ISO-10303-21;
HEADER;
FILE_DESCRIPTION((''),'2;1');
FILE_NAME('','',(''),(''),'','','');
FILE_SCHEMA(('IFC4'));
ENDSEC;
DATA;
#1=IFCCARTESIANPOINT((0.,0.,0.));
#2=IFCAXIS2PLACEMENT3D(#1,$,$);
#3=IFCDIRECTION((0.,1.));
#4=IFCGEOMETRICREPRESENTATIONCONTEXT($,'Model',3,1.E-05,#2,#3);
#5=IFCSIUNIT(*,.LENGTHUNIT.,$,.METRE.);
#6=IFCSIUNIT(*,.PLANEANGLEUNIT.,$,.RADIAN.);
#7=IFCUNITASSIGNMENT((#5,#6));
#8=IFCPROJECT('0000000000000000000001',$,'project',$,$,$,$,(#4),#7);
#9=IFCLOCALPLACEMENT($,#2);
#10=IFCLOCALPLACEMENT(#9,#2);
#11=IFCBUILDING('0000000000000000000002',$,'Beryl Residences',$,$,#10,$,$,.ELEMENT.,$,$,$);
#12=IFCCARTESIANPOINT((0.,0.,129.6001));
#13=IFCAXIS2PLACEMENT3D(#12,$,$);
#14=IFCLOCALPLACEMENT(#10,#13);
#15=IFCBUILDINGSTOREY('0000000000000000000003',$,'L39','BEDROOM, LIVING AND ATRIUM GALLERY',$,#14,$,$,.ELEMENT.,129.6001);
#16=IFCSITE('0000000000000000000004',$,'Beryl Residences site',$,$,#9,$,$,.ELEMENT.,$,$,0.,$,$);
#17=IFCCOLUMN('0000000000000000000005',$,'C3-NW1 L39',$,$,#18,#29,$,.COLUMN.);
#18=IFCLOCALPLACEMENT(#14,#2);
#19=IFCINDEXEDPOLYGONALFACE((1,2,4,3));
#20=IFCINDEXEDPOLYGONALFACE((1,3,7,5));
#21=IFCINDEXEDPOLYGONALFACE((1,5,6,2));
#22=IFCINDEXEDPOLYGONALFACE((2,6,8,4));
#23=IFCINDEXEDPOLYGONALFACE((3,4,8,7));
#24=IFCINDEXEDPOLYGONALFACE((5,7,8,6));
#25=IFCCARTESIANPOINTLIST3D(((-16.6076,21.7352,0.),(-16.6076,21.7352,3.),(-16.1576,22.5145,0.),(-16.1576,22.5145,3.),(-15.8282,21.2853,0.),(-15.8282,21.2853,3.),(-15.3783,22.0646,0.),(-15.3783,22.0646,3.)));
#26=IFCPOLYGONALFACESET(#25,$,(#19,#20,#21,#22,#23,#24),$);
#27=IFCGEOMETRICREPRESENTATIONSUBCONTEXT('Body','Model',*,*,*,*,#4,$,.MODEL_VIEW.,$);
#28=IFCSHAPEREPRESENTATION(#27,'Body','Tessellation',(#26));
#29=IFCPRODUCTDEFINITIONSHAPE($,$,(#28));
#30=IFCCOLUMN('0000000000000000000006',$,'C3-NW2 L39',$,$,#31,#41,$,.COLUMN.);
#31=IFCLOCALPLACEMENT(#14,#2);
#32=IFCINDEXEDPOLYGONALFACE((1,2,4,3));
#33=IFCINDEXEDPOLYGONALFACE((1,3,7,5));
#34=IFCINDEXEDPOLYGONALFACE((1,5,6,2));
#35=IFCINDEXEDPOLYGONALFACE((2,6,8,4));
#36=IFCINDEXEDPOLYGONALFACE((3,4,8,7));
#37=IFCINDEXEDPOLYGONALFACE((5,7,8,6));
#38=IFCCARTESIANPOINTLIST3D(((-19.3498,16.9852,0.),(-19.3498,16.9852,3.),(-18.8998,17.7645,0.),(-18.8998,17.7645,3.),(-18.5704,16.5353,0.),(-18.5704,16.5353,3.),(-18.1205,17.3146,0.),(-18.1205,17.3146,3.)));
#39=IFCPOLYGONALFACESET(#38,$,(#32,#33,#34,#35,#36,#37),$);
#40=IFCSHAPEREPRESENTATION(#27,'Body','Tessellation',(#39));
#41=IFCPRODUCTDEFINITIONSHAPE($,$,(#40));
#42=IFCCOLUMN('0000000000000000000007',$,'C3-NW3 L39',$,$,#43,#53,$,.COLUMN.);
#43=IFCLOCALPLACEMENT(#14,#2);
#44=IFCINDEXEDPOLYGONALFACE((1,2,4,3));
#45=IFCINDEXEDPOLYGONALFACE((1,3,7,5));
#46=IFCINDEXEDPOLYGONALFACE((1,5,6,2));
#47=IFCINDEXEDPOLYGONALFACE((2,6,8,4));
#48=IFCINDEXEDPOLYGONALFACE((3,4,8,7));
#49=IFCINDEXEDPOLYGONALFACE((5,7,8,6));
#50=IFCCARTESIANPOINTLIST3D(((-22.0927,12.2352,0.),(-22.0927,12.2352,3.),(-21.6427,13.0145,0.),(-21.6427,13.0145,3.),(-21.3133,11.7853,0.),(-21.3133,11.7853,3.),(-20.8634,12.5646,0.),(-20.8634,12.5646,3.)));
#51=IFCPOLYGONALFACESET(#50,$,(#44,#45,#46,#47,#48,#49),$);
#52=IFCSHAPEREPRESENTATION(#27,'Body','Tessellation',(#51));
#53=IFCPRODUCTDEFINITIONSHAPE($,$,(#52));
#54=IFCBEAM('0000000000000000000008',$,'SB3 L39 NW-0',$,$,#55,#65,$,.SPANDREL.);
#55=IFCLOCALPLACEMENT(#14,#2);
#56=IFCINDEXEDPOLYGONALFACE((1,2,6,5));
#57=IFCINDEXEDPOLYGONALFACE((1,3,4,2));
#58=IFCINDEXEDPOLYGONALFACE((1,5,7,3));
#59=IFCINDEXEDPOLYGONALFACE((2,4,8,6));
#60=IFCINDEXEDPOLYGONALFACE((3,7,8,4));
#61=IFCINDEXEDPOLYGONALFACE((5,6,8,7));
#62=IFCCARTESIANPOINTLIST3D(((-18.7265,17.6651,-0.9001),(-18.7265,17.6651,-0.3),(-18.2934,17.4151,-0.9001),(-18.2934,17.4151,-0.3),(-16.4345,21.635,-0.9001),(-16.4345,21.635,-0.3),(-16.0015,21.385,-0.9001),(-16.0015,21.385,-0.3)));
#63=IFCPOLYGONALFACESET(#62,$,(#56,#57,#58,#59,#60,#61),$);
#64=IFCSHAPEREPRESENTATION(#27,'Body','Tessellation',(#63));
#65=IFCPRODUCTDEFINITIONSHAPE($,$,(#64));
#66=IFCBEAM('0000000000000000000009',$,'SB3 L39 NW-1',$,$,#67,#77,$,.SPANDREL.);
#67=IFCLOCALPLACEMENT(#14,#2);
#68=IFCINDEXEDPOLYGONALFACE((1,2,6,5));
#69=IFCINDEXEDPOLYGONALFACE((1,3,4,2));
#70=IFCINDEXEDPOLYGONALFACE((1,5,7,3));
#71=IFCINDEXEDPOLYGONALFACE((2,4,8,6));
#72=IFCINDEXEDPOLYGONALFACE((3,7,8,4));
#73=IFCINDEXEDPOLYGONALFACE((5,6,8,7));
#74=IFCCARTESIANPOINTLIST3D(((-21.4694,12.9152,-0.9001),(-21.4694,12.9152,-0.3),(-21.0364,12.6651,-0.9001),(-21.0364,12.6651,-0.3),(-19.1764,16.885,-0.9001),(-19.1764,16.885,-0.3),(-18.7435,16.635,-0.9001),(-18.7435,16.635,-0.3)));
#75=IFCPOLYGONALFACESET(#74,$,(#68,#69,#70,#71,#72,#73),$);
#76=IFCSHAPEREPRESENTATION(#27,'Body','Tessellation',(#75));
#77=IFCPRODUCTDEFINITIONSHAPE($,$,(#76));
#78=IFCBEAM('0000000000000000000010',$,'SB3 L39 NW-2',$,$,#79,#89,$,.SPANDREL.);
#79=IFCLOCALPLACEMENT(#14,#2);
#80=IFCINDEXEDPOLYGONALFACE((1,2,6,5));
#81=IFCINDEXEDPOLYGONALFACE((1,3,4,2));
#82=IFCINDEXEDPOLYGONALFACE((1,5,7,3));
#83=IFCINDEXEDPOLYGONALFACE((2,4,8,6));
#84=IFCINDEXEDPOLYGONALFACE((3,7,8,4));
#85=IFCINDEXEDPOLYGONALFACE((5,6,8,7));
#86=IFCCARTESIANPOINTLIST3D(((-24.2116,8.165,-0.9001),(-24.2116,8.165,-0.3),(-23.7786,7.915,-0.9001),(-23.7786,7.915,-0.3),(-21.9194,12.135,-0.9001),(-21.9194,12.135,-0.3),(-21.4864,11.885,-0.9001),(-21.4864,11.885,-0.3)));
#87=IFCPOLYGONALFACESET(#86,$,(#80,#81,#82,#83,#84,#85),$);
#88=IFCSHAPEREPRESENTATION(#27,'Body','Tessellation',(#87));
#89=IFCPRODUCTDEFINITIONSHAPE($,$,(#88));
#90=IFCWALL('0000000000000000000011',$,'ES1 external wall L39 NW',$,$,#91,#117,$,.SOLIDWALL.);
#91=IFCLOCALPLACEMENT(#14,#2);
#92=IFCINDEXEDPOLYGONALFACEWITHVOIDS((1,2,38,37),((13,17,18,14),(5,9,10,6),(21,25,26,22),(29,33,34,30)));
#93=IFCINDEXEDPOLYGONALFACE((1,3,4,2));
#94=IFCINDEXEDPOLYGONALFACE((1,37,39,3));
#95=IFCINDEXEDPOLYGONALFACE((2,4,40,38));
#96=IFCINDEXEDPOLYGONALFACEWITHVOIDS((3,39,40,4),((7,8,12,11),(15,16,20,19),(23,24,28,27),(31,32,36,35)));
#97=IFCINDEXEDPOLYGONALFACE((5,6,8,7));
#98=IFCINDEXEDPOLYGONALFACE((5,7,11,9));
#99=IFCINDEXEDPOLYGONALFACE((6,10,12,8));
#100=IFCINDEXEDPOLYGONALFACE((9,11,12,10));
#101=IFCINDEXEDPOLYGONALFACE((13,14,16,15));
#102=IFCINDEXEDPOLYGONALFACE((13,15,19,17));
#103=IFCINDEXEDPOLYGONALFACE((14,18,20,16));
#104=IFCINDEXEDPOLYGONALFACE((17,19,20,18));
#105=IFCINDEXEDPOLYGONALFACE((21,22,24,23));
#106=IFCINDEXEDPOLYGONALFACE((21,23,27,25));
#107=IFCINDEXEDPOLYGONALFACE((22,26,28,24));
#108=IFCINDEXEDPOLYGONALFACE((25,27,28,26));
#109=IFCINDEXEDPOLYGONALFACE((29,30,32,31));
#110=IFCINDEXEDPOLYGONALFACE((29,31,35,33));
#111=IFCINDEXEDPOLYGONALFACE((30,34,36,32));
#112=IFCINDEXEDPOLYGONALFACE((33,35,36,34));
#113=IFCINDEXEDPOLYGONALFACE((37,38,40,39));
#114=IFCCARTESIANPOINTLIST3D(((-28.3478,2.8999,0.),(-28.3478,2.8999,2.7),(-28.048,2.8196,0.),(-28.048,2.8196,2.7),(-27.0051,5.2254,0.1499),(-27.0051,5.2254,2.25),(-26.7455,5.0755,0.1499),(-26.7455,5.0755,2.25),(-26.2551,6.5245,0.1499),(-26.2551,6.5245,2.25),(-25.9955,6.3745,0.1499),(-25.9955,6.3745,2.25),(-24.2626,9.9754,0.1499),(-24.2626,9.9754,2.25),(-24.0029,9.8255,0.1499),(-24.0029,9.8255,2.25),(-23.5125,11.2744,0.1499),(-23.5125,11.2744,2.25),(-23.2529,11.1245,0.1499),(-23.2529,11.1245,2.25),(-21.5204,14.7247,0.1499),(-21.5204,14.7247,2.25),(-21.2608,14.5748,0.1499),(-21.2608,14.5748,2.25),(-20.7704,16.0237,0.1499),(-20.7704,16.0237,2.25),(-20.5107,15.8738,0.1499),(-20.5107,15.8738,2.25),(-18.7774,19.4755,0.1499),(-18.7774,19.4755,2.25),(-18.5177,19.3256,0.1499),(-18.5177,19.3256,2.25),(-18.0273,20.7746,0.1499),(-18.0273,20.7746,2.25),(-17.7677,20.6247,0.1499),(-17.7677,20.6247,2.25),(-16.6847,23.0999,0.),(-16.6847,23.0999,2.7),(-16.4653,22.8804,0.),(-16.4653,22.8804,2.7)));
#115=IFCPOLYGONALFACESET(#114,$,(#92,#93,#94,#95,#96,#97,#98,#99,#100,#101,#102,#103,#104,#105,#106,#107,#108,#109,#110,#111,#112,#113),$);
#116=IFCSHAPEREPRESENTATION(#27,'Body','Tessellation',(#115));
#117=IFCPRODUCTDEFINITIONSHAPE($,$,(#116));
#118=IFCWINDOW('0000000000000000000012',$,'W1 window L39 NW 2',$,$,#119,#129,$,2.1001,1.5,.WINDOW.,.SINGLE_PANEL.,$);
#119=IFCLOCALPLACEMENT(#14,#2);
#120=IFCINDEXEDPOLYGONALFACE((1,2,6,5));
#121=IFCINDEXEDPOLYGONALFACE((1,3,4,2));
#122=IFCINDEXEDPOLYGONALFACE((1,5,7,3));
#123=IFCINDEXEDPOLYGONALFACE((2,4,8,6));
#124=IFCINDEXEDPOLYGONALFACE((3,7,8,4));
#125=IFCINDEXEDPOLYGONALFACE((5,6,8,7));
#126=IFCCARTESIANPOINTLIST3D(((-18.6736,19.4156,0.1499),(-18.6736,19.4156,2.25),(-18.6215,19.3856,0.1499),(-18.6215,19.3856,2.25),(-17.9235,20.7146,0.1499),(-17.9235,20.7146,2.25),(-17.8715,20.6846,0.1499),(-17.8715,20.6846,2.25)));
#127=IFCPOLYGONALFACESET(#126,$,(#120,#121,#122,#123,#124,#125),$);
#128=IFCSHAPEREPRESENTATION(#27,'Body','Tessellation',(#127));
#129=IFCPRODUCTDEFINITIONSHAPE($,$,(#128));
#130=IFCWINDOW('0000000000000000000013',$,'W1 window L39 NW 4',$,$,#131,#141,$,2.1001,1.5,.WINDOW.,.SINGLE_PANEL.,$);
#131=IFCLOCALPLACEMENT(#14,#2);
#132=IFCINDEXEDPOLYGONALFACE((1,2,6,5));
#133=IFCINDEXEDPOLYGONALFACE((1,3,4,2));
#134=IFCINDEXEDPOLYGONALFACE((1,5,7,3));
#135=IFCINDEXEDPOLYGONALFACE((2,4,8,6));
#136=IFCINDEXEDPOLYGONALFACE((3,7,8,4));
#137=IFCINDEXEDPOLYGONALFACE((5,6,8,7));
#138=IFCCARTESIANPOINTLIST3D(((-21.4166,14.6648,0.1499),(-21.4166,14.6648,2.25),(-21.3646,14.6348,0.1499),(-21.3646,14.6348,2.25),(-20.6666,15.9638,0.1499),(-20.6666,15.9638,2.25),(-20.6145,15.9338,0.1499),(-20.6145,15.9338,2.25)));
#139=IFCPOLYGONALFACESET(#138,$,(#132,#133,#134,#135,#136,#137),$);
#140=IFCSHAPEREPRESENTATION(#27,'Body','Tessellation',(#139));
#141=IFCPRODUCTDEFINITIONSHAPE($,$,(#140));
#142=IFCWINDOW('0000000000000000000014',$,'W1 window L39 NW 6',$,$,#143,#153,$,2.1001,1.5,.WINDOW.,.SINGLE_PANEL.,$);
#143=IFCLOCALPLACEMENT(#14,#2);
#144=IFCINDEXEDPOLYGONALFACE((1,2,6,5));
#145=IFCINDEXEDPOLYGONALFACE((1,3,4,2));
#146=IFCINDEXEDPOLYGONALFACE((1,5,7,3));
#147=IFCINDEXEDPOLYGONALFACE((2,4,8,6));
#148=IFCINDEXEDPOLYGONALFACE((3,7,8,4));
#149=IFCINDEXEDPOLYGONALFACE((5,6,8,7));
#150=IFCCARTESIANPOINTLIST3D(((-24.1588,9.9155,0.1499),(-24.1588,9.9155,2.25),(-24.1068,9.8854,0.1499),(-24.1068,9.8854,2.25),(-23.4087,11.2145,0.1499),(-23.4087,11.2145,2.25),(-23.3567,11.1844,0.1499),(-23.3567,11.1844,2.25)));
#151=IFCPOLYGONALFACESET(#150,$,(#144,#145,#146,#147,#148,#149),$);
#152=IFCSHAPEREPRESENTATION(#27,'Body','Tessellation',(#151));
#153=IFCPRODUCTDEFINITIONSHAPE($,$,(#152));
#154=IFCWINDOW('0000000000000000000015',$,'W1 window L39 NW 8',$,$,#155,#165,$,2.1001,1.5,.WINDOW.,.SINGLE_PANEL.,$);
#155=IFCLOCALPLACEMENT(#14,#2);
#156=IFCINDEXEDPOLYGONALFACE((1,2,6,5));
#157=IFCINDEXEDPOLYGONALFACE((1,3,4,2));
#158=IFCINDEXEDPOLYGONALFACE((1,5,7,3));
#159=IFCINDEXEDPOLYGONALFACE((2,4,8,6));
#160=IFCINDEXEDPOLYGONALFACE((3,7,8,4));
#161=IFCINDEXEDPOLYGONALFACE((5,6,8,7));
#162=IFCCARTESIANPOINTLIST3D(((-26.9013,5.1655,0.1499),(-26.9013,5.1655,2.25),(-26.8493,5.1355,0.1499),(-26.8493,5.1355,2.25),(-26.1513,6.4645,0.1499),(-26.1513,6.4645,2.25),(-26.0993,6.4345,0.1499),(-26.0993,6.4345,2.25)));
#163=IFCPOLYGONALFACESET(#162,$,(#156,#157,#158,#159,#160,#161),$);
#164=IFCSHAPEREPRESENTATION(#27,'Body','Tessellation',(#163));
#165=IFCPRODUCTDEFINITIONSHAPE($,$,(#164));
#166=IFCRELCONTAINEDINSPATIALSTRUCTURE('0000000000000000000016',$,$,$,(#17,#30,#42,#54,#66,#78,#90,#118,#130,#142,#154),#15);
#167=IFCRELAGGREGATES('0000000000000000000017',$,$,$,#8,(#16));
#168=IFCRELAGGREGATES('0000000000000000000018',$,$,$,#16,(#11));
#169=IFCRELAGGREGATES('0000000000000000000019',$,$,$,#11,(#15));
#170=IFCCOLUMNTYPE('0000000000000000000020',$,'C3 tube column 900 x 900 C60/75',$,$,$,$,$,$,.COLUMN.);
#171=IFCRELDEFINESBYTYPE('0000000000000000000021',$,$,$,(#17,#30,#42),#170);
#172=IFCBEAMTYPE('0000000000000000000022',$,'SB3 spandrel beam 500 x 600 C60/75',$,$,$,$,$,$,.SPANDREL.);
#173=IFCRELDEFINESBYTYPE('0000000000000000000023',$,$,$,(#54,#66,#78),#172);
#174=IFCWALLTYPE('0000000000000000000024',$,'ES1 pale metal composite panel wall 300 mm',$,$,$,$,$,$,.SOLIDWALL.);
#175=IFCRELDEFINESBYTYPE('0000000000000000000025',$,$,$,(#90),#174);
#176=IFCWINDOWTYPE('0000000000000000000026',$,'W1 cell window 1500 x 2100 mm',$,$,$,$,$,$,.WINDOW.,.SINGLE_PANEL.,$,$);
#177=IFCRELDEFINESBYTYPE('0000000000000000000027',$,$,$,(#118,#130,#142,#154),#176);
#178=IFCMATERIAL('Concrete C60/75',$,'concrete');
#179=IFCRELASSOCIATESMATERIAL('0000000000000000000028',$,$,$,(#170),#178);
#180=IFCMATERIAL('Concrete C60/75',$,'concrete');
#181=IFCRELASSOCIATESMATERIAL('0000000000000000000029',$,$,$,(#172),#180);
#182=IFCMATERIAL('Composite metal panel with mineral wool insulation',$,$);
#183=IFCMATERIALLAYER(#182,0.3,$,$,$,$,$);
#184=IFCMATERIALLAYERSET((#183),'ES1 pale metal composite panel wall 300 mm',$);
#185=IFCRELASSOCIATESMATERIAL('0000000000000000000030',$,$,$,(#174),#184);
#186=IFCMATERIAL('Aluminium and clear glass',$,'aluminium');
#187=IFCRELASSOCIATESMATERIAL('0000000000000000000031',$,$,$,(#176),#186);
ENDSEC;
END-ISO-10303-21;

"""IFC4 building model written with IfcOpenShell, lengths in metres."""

from ifc_helpers import new_model, si_unit, direction, frame, frame_2d, origin, origin_2d, place, context, subcontext, project, spatial, polyline, rectangle, outline, extrude, material, layer, layer_set, material_profile, profile_set, type_object, element, fill, save


model = new_model("IFC4")

# Units and contexts
model_context = context("Model", 3, precision=1e-05, world=origin(), true_north=direction((0.0, 1.0)))
body_context = subcontext(model_context, "Body", "Model", "MODEL_VIEW")
ifc_project = project(units=[si_unit("LENGTHUNIT", "METRE"), si_unit("PLANEANGLEUNIT", "RADIAN")], contexts=[model_context])

# Site, building, storey
site_placement = place(None, origin())
site = spatial("IfcSite", under=ifc_project, at=site_placement, Name="Beryl Residences site", CompositionType="ELEMENT", RefElevation=0.0)
building_placement = place(site_placement, origin())
building = spatial("IfcBuilding", under=site, at=building_placement, Name="Beryl Residences", CompositionType="ELEMENT")
storey_placement = place(building_placement, frame((0.0, 0.0, 129.6001)))
storey = spatial("IfcBuildingStorey", under=building, at=storey_placement, Name="L39", Description="BEDROOM, LIVING AND ATRIUM GALLERY", CompositionType="ELEMENT", Elevation=129.6001)

# Columns
ifc_material_1 = material(Name="Concrete C60/75", Category="concrete")
ifc_material_profile_1 = material_profile(ifc_material_1, rectangle(XDim=0.8999, YDim=0.8999, at=origin_2d()))
ifc_profile_set_1 = profile_set([ifc_material_profile_1], Name="Concrete C60/75")
column_type = type_object("IfcColumnType", Name="C3 tube column 900 x 900 C60/75", PredefinedType="COLUMN", material=ifc_profile_set_1)
for number, where, z_axis, x_axis, name in (
    (1, (-15.9929, 21.8999, 0.0), (0.0, 0.0, 1.0), (-0.5, -0.866025, 0.0), "C3-NW1 L39"),
    (2, (-18.7351, 17.1499, 0.0), (0.0, 0.0, 1.0), (-0.5, -0.866025, 0.0), "C3-NW2 L39"),
    (3, (-21.478, 12.3999, 0.0), (0.0, 0.0, 1.0), (-0.5, -0.866025, 0.0), "C3-NW3 L39"),
):
    element("IfcColumn", number, at=place(storey_placement, frame(where, z_axis=z_axis, x_axis=x_axis)), inside=storey, type_object=column_type, Name=name, PredefinedType="COLUMN", context=body_context, shape_type="SweptSolid", body=[
        extrude(rectangle(XDim=0.8999, YDim=0.8999, at=origin_2d()), origin(), (0.0, 0.0, 1.0), 3.0),
    ])

# Beams
ifc_material_2 = material(Name="Concrete C60/75", Category="concrete")
ifc_material_profile_2 = material_profile(ifc_material_2, rectangle(XDim=0.5, YDim=0.6001, at=origin_2d()))
ifc_profile_set_2 = profile_set([ifc_material_profile_2], Name="Concrete C60/75")
beam_type = type_object("IfcBeamType", Name="SB3 spandrel beam 500 x 600 C60/75", PredefinedType="SPANDREL", material=ifc_profile_set_2)
beam_1_placement = place(storey_placement, frame((-16.218, 21.51, -0.6001), z_axis=(-0.499988, -0.866032, 0.0), x_axis=(0.866032, -0.499988, 0.0)))
element("IfcBeam", 4, at=beam_1_placement, inside=storey, type_object=beam_type, Name="SB3 L39 NW-0", PredefinedType="SPANDREL", context=body_context, shape_type="SweptSolid", body=[
    extrude(rectangle(XDim=0.5, YDim=0.6001, at=origin_2d()), origin(), (0.0, 0.0, 1.0), 4.584),
])
beam_2_placement = place(storey_placement, frame((-18.96, 16.76, -0.6001), z_axis=(-0.500148, -0.86594, 0.0), x_axis=(0.86594, -0.500148, 0.0)))
element("IfcBeam", 5, at=beam_2_placement, inside=storey, type_object=beam_type, Name="SB3 L39 NW-1", PredefinedType="SPANDREL", context=body_context, shape_type="SweptSolid", body=[
    extrude(rectangle(XDim=0.5, YDim=0.6001, at=origin_2d()), origin(), (0.0, 0.0, 1.0), 4.5845),
])
beam_3_placement = place(storey_placement, frame((-21.7029, 12.01, -0.6001), z_axis=(-0.500028, -0.866009, 0.0), x_axis=(0.866009, -0.500028, 0.0)))
element("IfcBeam", 6, at=beam_3_placement, inside=storey, type_object=beam_type, Name="SB3 L39 NW-2", PredefinedType="SPANDREL", context=body_context, shape_type="SweptSolid", body=[
    extrude(rectangle(XDim=0.5, YDim=0.6001, at=origin_2d()), origin(), (0.0, 0.0, 1.0), 4.5842),
])

# Wall, openings, windows
ifc_material_3 = material(Name="Composite metal panel with mineral wool insulation")
ifc_layer_1 = layer(ifc_material_3, 0.3)
ifc_layer_set_1 = layer_set([ifc_layer_1], Name="ES1 pale metal composite panel wall 300 mm")
wall_type_1 = type_object("IfcWallType", Name="ES1 pale metal composite panel wall 300 mm", PredefinedType="SOLIDWALL", material=ifc_layer_set_1)
wall_1_placement = place(storey_placement, frame((-16.5549, 23.0249, 0.0), z_axis=(0.0, 0.0, 1.0), x_axis=(-0.500021, -0.866014, 0.0)))
wall_1 = element("IfcWall", 7, at=wall_1_placement, inside=storey, type_object=wall_type_1, Name="ES1 external wall L39 NW", PredefinedType="SOLIDWALL", context=body_context, shape_type="SweptSolid", body=[
    extrude(outline(polyline([(0.0, -0.1499), (23.3252, -0.1499), (23.2449, 0.1499), (0.0803, 0.1499), (0.0, -0.1499)])), origin(), (0.0, 0.0, 1.0), 2.7),
])
opening_1_placement = place(wall_1_placement, frame((2.6851, 0.0, 0.1499)))
opening_1 = element("IfcOpeningElement", 8, at=opening_1_placement, cuts=wall_1, PredefinedType="OPENING", context=body_context, shape_type="SweptSolid", body=[
    extrude(rectangle(XDim=1.5, YDim=2.1001, at=frame_2d((0.75, 1.05))), frame((0.0, 0.1599, 0.0), z_axis=(0.0, -1.0, 0.0), x_axis=(1.0, 0.0, 0.0)), (0.0, 0.0, 1.0), 0.3201),
])
opening_2_placement = place(wall_1_placement, frame((8.1709, 0.0, 0.1499)))
opening_2 = element("IfcOpeningElement", 9, at=opening_2_placement, cuts=wall_1, PredefinedType="OPENING", context=body_context, shape_type="SweptSolid", body=[
    extrude(rectangle(XDim=1.5, YDim=2.1001, at=frame_2d((0.75, 1.05))), frame((0.0, 0.1599, 0.0), z_axis=(0.0, -1.0, 0.0), x_axis=(1.0, 0.0, 0.0)), (0.0, 0.0, 1.0), 0.3201),
])
opening_3_placement = place(wall_1_placement, frame((13.655, 0.0, 0.1499)))
opening_3 = element("IfcOpeningElement", 10, at=opening_3_placement, cuts=wall_1, PredefinedType="OPENING", context=body_context, shape_type="SweptSolid", body=[
    extrude(rectangle(XDim=1.5, YDim=2.1001, at=frame_2d((0.75, 1.05))), frame((0.0, 0.1599, 0.0), z_axis=(0.0, -1.0, 0.0), x_axis=(1.0, 0.0, 0.0)), (0.0, 0.0, 1.0), 0.3201),
])
opening_4_placement = place(wall_1_placement, frame((19.1399, 0.0, 0.1499)))
opening_4 = element("IfcOpeningElement", 11, at=opening_4_placement, cuts=wall_1, PredefinedType="OPENING", context=body_context, shape_type="SweptSolid", body=[
    extrude(rectangle(XDim=1.5, YDim=2.1001, at=frame_2d((0.75, 1.05))), frame((0.0, 0.1599, 0.0), z_axis=(0.0, -1.0, 0.0), x_axis=(1.0, 0.0, 0.0)), (0.0, 0.0, 1.0), 0.3201),
])
ifc_material_4 = material(Name="Aluminium and clear glass", Category="aluminium")
window_type = type_object("IfcWindowType", Name="W1 cell window 1500 x 2100 mm", PartitioningType="SINGLE_PANEL", PredefinedType="WINDOW", material=ifc_material_4)
window_1_placement = place(opening_1_placement, origin())
window_1 = element("IfcWindow", 12, at=window_1_placement, inside=storey, type_object=window_type, Name="W1 window L39 NW 2", OverallHeight=2.1001, OverallWidth=1.5, PartitioningType="SINGLE_PANEL", PredefinedType="WINDOW", context=body_context, shape_type="SweptSolid", body=[
    extrude(rectangle(XDim=1.5, YDim=2.1001, at=frame_2d((0.75, 1.05))), frame((0.0, 0.03, 0.0), z_axis=(0.0, -1.0, 0.0), x_axis=(1.0, 0.0, 0.0)), (0.0, 0.0, 1.0), 0.0601),
])
fill(opening_1, window_1)
window_2_placement = place(opening_2_placement, origin())
window_2 = element("IfcWindow", 13, at=window_2_placement, inside=storey, type_object=window_type, Name="W1 window L39 NW 4", OverallHeight=2.1001, OverallWidth=1.5, PartitioningType="SINGLE_PANEL", PredefinedType="WINDOW", context=body_context, shape_type="SweptSolid", body=[
    extrude(rectangle(XDim=1.5, YDim=2.1001, at=frame_2d((0.75, 1.05))), frame((0.0, 0.03, 0.0), z_axis=(0.0, -1.0, 0.0), x_axis=(1.0, 0.0, 0.0)), (0.0, 0.0, 1.0), 0.0601),
])
fill(opening_2, window_2)
window_3_placement = place(opening_3_placement, origin())
window_3 = element("IfcWindow", 14, at=window_3_placement, inside=storey, type_object=window_type, Name="W1 window L39 NW 6", OverallHeight=2.1001, OverallWidth=1.5, PartitioningType="SINGLE_PANEL", PredefinedType="WINDOW", context=body_context, shape_type="SweptSolid", body=[
    extrude(rectangle(XDim=1.5, YDim=2.1001, at=frame_2d((0.75, 1.05))), frame((0.0, 0.03, 0.0), z_axis=(0.0, -1.0, 0.0), x_axis=(1.0, 0.0, 0.0)), (0.0, 0.0, 1.0), 0.0601),
])
fill(opening_3, window_3)
window_4_placement = place(opening_4_placement, origin())
window_4 = element("IfcWindow", 15, at=window_4_placement, inside=storey, type_object=window_type, Name="W1 window L39 NW 8", OverallHeight=2.1001, OverallWidth=1.5, PartitioningType="SINGLE_PANEL", PredefinedType="WINDOW", context=body_context, shape_type="SweptSolid", body=[
    extrude(rectangle(XDim=1.5, YDim=2.1001, at=frame_2d((0.75, 1.05))), frame((0.0, 0.03, 0.0), z_axis=(0.0, -1.0, 0.0), x_axis=(1.0, 0.0, 0.0)), (0.0, 0.0, 1.0), 0.0601),
])
fill(opening_4, window_4)

save(model, "model.ifc")
